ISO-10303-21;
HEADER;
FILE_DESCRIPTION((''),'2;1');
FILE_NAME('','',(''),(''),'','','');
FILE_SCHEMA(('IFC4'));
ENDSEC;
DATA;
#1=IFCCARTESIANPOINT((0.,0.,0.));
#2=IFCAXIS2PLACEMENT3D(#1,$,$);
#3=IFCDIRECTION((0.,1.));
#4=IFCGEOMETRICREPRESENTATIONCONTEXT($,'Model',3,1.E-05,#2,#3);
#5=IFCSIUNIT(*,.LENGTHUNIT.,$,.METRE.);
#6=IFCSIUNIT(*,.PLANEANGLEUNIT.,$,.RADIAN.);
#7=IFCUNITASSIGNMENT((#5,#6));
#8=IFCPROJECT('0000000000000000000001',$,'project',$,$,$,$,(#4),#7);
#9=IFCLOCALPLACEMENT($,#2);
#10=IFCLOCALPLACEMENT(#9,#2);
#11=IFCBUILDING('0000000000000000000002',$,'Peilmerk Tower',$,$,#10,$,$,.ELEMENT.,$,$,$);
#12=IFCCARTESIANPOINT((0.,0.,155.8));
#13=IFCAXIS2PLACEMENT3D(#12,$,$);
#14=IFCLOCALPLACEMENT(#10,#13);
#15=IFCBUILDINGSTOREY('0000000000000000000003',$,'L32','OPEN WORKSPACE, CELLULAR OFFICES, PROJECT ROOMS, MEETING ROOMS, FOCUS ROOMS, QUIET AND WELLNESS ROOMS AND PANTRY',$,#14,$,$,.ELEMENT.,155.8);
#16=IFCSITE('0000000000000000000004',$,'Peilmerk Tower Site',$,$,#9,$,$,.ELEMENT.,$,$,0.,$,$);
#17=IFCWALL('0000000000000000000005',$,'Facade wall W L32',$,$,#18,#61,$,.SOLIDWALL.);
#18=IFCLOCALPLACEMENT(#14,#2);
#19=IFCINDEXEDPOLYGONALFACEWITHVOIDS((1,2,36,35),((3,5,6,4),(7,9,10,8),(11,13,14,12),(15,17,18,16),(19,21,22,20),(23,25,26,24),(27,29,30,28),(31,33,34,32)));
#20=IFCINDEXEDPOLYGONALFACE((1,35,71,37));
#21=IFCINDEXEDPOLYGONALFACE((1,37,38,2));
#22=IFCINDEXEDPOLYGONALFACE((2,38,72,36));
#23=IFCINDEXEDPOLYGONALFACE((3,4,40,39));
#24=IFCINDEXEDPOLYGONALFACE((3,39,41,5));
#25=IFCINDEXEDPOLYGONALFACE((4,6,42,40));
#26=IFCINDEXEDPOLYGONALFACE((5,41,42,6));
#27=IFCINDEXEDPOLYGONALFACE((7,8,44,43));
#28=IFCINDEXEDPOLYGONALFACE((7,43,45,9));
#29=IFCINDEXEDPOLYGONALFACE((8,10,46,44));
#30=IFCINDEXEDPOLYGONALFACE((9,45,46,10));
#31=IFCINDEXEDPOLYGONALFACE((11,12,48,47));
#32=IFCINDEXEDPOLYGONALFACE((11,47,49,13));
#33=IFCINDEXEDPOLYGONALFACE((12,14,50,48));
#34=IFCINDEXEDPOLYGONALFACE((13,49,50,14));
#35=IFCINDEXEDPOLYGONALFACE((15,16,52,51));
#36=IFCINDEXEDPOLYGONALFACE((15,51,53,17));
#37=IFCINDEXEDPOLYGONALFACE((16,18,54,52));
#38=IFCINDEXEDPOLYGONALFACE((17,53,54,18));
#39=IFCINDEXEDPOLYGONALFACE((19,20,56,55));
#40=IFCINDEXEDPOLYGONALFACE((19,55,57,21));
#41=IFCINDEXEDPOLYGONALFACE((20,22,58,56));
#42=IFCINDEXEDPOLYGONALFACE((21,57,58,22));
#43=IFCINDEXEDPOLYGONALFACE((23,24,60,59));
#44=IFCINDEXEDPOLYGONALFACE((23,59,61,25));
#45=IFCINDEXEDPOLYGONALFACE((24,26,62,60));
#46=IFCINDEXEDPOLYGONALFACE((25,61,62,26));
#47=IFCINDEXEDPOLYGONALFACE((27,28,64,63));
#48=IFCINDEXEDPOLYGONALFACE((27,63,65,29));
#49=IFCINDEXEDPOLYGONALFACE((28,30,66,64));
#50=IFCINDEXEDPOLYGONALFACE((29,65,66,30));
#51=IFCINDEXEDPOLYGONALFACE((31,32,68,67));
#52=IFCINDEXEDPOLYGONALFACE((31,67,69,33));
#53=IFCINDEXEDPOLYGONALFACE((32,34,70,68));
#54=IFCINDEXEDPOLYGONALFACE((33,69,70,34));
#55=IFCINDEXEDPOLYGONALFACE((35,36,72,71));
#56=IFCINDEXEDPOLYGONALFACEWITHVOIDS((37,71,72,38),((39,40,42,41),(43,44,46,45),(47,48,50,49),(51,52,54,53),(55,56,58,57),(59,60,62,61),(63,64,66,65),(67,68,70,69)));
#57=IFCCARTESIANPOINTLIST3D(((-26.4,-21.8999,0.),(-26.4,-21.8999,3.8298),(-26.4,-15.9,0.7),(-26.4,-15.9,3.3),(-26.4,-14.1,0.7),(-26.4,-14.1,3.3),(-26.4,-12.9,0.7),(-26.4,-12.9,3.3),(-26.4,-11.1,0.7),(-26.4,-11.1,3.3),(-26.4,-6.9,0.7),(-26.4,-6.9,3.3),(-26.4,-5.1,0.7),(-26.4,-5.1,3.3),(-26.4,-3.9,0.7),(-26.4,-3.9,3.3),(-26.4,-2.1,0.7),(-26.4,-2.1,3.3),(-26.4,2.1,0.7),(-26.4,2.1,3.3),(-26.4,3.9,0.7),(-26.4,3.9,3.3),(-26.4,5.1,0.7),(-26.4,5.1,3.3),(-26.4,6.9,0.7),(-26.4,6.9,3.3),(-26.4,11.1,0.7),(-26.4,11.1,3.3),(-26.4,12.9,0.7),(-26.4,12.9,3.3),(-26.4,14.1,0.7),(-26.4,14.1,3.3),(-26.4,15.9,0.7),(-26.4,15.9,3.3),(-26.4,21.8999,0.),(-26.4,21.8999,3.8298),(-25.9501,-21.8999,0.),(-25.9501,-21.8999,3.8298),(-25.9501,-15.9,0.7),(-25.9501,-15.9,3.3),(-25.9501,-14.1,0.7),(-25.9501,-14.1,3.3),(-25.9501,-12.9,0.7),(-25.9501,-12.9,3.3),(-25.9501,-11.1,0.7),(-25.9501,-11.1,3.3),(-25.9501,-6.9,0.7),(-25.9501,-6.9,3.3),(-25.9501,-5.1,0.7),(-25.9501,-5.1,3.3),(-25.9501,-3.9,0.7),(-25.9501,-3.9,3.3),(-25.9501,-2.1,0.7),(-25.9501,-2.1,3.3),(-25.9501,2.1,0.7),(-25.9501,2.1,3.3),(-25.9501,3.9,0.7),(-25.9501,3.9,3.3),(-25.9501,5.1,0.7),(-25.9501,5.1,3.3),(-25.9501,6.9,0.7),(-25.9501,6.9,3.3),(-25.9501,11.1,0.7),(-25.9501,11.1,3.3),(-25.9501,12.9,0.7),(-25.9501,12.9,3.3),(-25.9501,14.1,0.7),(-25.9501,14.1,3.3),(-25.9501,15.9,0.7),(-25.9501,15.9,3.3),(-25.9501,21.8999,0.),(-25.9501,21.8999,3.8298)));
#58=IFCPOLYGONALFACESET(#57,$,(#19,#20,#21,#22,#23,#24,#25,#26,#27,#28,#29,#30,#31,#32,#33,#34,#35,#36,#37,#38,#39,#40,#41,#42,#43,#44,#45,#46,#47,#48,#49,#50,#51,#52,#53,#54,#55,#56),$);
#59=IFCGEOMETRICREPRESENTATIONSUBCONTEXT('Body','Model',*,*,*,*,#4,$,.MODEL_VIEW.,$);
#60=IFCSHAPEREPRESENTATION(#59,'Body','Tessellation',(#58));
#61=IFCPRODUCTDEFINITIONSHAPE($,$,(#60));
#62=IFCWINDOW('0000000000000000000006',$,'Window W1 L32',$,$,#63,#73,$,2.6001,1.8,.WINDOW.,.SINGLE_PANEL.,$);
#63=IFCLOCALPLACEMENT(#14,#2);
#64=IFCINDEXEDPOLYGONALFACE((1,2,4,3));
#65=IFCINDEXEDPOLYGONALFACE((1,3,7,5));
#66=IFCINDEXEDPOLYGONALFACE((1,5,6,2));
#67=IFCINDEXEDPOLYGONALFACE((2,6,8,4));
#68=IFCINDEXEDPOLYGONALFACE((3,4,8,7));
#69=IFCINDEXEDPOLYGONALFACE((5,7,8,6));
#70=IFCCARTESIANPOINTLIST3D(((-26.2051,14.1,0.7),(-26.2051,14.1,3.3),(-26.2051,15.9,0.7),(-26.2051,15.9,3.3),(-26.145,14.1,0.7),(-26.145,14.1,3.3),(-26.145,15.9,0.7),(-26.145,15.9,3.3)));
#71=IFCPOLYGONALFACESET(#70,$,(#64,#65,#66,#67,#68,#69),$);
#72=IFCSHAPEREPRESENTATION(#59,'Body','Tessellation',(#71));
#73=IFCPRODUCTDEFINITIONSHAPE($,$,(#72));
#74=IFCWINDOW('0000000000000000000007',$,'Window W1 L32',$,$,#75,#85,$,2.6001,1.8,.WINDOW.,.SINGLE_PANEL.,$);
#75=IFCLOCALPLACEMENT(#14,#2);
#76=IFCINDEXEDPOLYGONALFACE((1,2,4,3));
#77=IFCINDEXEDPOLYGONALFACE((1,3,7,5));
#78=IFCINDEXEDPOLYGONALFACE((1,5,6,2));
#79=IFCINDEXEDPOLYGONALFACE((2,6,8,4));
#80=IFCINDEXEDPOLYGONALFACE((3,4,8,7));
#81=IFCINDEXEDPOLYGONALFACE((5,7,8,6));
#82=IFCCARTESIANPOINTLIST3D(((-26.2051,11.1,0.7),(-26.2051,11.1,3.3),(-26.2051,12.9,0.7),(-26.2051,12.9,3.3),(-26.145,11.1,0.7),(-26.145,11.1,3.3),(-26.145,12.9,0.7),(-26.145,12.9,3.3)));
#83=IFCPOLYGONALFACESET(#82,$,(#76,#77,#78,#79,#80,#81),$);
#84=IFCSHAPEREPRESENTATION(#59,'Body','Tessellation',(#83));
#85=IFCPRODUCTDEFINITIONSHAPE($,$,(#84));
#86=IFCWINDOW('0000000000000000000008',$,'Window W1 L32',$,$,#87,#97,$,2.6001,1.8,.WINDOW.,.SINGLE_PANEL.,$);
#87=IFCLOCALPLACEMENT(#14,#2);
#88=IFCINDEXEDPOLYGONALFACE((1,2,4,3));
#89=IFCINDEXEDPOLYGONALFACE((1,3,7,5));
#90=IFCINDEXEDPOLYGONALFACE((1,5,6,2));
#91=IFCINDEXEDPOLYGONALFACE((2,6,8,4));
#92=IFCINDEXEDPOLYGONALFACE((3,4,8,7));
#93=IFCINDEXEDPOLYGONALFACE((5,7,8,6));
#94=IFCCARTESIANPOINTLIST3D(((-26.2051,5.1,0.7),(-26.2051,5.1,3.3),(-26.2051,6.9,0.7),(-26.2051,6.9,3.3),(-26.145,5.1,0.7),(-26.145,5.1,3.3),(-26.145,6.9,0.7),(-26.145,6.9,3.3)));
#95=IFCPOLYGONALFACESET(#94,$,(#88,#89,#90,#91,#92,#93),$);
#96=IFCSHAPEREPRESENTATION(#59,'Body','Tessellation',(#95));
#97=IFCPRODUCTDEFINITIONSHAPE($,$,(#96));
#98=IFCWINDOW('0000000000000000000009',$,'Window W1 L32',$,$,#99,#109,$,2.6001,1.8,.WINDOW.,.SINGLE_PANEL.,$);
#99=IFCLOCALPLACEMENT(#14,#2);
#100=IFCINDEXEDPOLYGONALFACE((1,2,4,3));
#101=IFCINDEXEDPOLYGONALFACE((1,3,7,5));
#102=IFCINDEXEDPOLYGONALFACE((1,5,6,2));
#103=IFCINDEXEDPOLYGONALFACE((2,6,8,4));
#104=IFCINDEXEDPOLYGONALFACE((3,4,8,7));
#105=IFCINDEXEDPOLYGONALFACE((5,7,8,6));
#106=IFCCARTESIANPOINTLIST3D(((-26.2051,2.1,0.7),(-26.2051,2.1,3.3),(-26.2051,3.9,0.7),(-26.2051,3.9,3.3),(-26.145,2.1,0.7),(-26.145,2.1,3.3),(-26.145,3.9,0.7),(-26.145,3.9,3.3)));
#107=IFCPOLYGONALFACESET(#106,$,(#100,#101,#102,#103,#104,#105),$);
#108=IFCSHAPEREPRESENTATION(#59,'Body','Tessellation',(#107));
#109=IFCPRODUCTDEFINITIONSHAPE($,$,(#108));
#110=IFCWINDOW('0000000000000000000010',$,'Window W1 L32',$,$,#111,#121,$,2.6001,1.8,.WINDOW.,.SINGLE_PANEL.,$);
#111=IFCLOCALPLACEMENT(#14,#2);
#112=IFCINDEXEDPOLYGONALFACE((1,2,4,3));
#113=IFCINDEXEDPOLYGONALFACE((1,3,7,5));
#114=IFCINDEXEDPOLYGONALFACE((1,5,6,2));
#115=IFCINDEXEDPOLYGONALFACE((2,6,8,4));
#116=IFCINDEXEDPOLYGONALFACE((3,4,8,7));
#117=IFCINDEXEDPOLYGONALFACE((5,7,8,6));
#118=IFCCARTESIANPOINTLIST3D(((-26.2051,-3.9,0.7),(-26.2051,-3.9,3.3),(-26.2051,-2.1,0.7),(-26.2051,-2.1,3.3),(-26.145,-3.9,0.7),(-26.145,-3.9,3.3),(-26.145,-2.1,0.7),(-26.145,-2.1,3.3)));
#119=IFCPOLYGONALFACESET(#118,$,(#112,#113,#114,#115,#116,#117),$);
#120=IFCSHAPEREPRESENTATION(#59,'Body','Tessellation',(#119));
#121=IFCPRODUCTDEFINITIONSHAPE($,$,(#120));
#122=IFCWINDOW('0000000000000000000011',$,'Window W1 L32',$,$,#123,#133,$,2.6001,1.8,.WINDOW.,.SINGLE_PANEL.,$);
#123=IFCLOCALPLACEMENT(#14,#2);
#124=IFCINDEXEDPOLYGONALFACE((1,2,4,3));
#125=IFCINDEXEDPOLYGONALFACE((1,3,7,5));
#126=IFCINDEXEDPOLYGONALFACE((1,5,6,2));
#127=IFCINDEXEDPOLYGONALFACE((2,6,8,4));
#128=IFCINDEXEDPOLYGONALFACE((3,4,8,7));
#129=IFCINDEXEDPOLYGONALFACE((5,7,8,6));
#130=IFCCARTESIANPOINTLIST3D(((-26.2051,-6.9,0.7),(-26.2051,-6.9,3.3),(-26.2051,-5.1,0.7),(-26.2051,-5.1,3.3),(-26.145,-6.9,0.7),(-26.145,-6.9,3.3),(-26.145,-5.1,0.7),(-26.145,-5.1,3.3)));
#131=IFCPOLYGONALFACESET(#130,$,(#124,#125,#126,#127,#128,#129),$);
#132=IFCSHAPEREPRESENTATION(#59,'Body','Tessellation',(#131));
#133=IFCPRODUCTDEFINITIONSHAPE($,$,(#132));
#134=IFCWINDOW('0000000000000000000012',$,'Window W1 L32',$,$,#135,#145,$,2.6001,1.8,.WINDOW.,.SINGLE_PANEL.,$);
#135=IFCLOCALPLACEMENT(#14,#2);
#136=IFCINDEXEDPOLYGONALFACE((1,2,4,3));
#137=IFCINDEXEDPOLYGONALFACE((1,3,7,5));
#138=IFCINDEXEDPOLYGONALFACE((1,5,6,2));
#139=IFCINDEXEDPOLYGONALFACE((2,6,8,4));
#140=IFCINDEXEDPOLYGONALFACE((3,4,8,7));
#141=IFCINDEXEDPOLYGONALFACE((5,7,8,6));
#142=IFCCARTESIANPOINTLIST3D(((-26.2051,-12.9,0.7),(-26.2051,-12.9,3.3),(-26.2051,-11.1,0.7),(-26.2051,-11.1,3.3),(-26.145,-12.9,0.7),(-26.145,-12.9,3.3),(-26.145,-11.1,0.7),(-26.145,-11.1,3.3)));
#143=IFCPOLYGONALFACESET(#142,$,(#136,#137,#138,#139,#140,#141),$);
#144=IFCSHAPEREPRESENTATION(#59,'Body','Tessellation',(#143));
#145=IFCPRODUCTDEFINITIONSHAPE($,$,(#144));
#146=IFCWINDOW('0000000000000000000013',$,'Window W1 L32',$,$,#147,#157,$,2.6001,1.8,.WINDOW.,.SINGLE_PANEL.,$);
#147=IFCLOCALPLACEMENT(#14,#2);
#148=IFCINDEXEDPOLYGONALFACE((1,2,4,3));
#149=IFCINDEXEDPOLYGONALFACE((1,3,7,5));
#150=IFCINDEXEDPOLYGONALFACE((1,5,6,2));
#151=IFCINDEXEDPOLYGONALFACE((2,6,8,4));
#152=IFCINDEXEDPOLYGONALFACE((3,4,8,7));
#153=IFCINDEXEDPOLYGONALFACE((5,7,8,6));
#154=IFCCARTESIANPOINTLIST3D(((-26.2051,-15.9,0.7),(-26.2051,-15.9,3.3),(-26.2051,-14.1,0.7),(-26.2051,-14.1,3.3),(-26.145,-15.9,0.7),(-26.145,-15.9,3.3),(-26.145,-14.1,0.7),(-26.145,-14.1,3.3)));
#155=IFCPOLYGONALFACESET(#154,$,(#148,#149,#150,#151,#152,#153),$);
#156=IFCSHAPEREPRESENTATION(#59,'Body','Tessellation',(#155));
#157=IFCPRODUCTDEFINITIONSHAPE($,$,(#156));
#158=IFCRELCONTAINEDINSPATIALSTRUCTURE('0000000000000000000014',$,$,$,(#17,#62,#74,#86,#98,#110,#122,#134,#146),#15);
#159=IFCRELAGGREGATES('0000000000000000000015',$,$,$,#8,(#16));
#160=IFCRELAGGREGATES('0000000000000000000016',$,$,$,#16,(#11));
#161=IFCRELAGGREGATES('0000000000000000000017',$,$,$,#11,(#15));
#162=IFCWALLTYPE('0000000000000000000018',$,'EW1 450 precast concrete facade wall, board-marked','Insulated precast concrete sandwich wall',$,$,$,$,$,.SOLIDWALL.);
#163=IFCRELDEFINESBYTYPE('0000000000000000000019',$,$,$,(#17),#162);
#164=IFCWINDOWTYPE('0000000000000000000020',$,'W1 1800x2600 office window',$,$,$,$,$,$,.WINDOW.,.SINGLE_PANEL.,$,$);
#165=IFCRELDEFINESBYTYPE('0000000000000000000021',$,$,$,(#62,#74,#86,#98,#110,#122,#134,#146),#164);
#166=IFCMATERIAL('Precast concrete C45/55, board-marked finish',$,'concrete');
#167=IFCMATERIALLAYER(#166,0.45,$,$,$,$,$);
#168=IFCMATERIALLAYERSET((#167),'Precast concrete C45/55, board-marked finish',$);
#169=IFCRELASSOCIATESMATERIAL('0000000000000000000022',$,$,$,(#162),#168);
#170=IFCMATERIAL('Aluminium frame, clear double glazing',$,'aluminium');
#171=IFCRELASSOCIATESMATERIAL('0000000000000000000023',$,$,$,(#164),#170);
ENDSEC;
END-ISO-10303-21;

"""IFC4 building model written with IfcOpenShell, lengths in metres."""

from ifc_helpers import new_model, si_unit, direction, frame, frame_2d, origin, place, context, subcontext, project, spatial, rectangle, extrude, material, layer, layer_set, type_object, element, fill, save


model = new_model("IFC4")

# Units and contexts
model_context = context("Model", 3, precision=1e-05, world=origin(), true_north=direction((0.0, 1.0)))
body_context = subcontext(model_context, "Body", "Model", "MODEL_VIEW")
ifc_project = project(units=[si_unit("LENGTHUNIT", "METRE"), si_unit("PLANEANGLEUNIT", "RADIAN")], contexts=[model_context])

# Site, building, storey
site_placement = place(None, origin())
site = spatial("IfcSite", under=ifc_project, at=site_placement, Name="Peilmerk Tower Site", CompositionType="ELEMENT", RefElevation=0.0)
building_placement = place(site_placement, origin())
building = spatial("IfcBuilding", under=site, at=building_placement, Name="Peilmerk Tower", CompositionType="ELEMENT")
storey_placement = place(building_placement, frame((0.0, 0.0, 155.8)))
storey = spatial("IfcBuildingStorey", under=building, at=storey_placement, Name="L32", Description="OPEN WORKSPACE, CELLULAR OFFICES, PROJECT ROOMS, MEETING ROOMS, FOCUS ROOMS, QUIET AND WELLNESS ROOMS AND PANTRY", CompositionType="ELEMENT", Elevation=155.8)

# Wall, openings, windows
ifc_material_1 = material(Name="Precast concrete C45/55, board-marked finish", Category="concrete")
ifc_layer_1 = layer(ifc_material_1, 0.45)
ifc_layer_set_1 = layer_set([ifc_layer_1], Name="Precast concrete C45/55, board-marked finish")
wall_type = type_object("IfcWallType", Name="EW1 450 precast concrete facade wall, board-marked", Description="Insulated precast concrete sandwich wall", PredefinedType="SOLIDWALL", material=ifc_layer_set_1)
wall_1_placement = place(storey_placement, frame((-26.175, 21.8999, 0.0), z_axis=(0.0, 0.0, 1.0), x_axis=(0.0, -1.0, 0.0)))
wall_1 = element("IfcWall", 1, at=wall_1_placement, inside=storey, type_object=wall_type, Name="Facade wall W L32", PredefinedType="SOLIDWALL", context=body_context, shape_type="SweptSolid", body=[
    extrude(rectangle(XDim=43.7998, YDim=0.45, at=frame_2d((21.8999, 0.0))), origin(), (0.0, 0.0, 1.0), 3.8298),
])
opening_1_placement = place(wall_1_placement, frame((6.0, 0.0, 0.7)))
opening_1 = element("IfcOpeningElement", 2, at=opening_1_placement, cuts=wall_1, PredefinedType="OPENING", context=body_context, shape_type="SweptSolid", body=[
    extrude(rectangle(XDim=1.8, YDim=2.6001, at=frame_2d((0.8999, 1.3))), frame((0.0, 0.2349, 0.0), z_axis=(0.0, -1.0, 0.0), x_axis=(1.0, 0.0, 0.0)), (0.0, 0.0, 1.0), 0.47),
])
opening_2_placement = place(wall_1_placement, frame((9.0, 0.0, 0.7)))
opening_2 = element("IfcOpeningElement", 3, at=opening_2_placement, cuts=wall_1, PredefinedType="OPENING", context=body_context, shape_type="SweptSolid", body=[
    extrude(rectangle(XDim=1.8, YDim=2.6001, at=frame_2d((0.8999, 1.3))), frame((0.0, 0.2349, 0.0), z_axis=(0.0, -1.0, 0.0), x_axis=(1.0, 0.0, 0.0)), (0.0, 0.0, 1.0), 0.47),
])
opening_3_placement = place(wall_1_placement, frame((15.0, 0.0, 0.7)))
opening_3 = element("IfcOpeningElement", 4, at=opening_3_placement, cuts=wall_1, PredefinedType="OPENING", context=body_context, shape_type="SweptSolid", body=[
    extrude(rectangle(XDim=1.8, YDim=2.6001, at=frame_2d((0.8999, 1.3))), frame((0.0, 0.2349, 0.0), z_axis=(0.0, -1.0, 0.0), x_axis=(1.0, 0.0, 0.0)), (0.0, 0.0, 1.0), 0.47),
])
opening_4_placement = place(wall_1_placement, frame((18.0, 0.0, 0.7)))
opening_4 = element("IfcOpeningElement", 5, at=opening_4_placement, cuts=wall_1, PredefinedType="OPENING", context=body_context, shape_type="SweptSolid", body=[
    extrude(rectangle(XDim=1.8, YDim=2.6001, at=frame_2d((0.8999, 1.3))), frame((0.0, 0.2349, 0.0), z_axis=(0.0, -1.0, 0.0), x_axis=(1.0, 0.0, 0.0)), (0.0, 0.0, 1.0), 0.47),
])
opening_5_placement = place(wall_1_placement, frame((24.0, 0.0, 0.7)))
opening_5 = element("IfcOpeningElement", 6, at=opening_5_placement, cuts=wall_1, PredefinedType="OPENING", context=body_context, shape_type="SweptSolid", body=[
    extrude(rectangle(XDim=1.8, YDim=2.6001, at=frame_2d((0.8999, 1.3))), frame((0.0, 0.2349, 0.0), z_axis=(0.0, -1.0, 0.0), x_axis=(1.0, 0.0, 0.0)), (0.0, 0.0, 1.0), 0.47),
])
opening_6_placement = place(wall_1_placement, frame((27.0, 0.0, 0.7)))
opening_6 = element("IfcOpeningElement", 7, at=opening_6_placement, cuts=wall_1, PredefinedType="OPENING", context=body_context, shape_type="SweptSolid", body=[
    extrude(rectangle(XDim=1.8, YDim=2.6001, at=frame_2d((0.8999, 1.3))), frame((0.0, 0.2349, 0.0), z_axis=(0.0, -1.0, 0.0), x_axis=(1.0, 0.0, 0.0)), (0.0, 0.0, 1.0), 0.47),
])
opening_7_placement = place(wall_1_placement, frame((33.0, 0.0, 0.7)))
opening_7 = element("IfcOpeningElement", 8, at=opening_7_placement, cuts=wall_1, PredefinedType="OPENING", context=body_context, shape_type="SweptSolid", body=[
    extrude(rectangle(XDim=1.8, YDim=2.6001, at=frame_2d((0.8999, 1.3))), frame((0.0, 0.2349, 0.0), z_axis=(0.0, -1.0, 0.0), x_axis=(1.0, 0.0, 0.0)), (0.0, 0.0, 1.0), 0.47),
])
opening_8_placement = place(wall_1_placement, frame((36.0, 0.0, 0.7)))
opening_8 = element("IfcOpeningElement", 9, at=opening_8_placement, cuts=wall_1, PredefinedType="OPENING", context=body_context, shape_type="SweptSolid", body=[
    extrude(rectangle(XDim=1.8, YDim=2.6001, at=frame_2d((0.8999, 1.3))), frame((0.0, 0.2349, 0.0), z_axis=(0.0, -1.0, 0.0), x_axis=(1.0, 0.0, 0.0)), (0.0, 0.0, 1.0), 0.47),
])
ifc_material_2 = material(Name="Aluminium frame, clear double glazing", Category="aluminium")
window_type = type_object("IfcWindowType", Name="W1 1800x2600 office window", PartitioningType="SINGLE_PANEL", PredefinedType="WINDOW", material=ifc_material_2)
window_1_placement = place(opening_1_placement, origin())
window_1 = element("IfcWindow", 10, at=window_1_placement, inside=storey, type_object=window_type, Name="Window W1 L32", OverallHeight=2.6001, OverallWidth=1.8, PartitioningType="SINGLE_PANEL", PredefinedType="WINDOW", context=body_context, shape_type="SweptSolid", body=[
    extrude(rectangle(XDim=1.8, YDim=2.6001, at=frame_2d((0.8999, 1.3))), frame((0.0, 0.03, 0.0), z_axis=(0.0, -1.0, 0.0), x_axis=(1.0, 0.0, 0.0)), (0.0, 0.0, 1.0), 0.0601),
])
fill(opening_1, window_1)
window_2_placement = place(opening_2_placement, origin())
window_2 = element("IfcWindow", 11, at=window_2_placement, inside=storey, type_object=window_type, Name="Window W1 L32", OverallHeight=2.6001, OverallWidth=1.8, PartitioningType="SINGLE_PANEL", PredefinedType="WINDOW", context=body_context, shape_type="SweptSolid", body=[
    extrude(rectangle(XDim=1.8, YDim=2.6001, at=frame_2d((0.8999, 1.3))), frame((0.0, 0.03, 0.0), z_axis=(0.0, -1.0, 0.0), x_axis=(1.0, 0.0, 0.0)), (0.0, 0.0, 1.0), 0.0601),
])
fill(opening_2, window_2)
window_3_placement = place(opening_3_placement, origin())
window_3 = element("IfcWindow", 12, at=window_3_placement, inside=storey, type_object=window_type, Name="Window W1 L32", OverallHeight=2.6001, OverallWidth=1.8, PartitioningType="SINGLE_PANEL", PredefinedType="WINDOW", context=body_context, shape_type="SweptSolid", body=[
    extrude(rectangle(XDim=1.8, YDim=2.6001, at=frame_2d((0.8999, 1.3))), frame((0.0, 0.03, 0.0), z_axis=(0.0, -1.0, 0.0), x_axis=(1.0, 0.0, 0.0)), (0.0, 0.0, 1.0), 0.0601),
])
fill(opening_3, window_3)
window_4_placement = place(opening_4_placement, origin())
window_4 = element("IfcWindow", 13, at=window_4_placement, inside=storey, type_object=window_type, Name="Window W1 L32", OverallHeight=2.6001, OverallWidth=1.8, PartitioningType="SINGLE_PANEL", PredefinedType="WINDOW", context=body_context, shape_type="SweptSolid", body=[
    extrude(rectangle(XDim=1.8, YDim=2.6001, at=frame_2d((0.8999, 1.3))), frame((0.0, 0.03, 0.0), z_axis=(0.0, -1.0, 0.0), x_axis=(1.0, 0.0, 0.0)), (0.0, 0.0, 1.0), 0.0601),
])
fill(opening_4, window_4)
window_5_placement = place(opening_5_placement, origin())
window_5 = element("IfcWindow", 14, at=window_5_placement, inside=storey, type_object=window_type, Name="Window W1 L32", OverallHeight=2.6001, OverallWidth=1.8, PartitioningType="SINGLE_PANEL", PredefinedType="WINDOW", context=body_context, shape_type="SweptSolid", body=[
    extrude(rectangle(XDim=1.8, YDim=2.6001, at=frame_2d((0.8999, 1.3))), frame((0.0, 0.03, 0.0), z_axis=(0.0, -1.0, 0.0), x_axis=(1.0, 0.0, 0.0)), (0.0, 0.0, 1.0), 0.0601),
])
fill(opening_5, window_5)
window_6_placement = place(opening_6_placement, origin())
window_6 = element("IfcWindow", 15, at=window_6_placement, inside=storey, type_object=window_type, Name="Window W1 L32", OverallHeight=2.6001, OverallWidth=1.8, PartitioningType="SINGLE_PANEL", PredefinedType="WINDOW", context=body_context, shape_type="SweptSolid", body=[
    extrude(rectangle(XDim=1.8, YDim=2.6001, at=frame_2d((0.8999, 1.3))), frame((0.0, 0.03, 0.0), z_axis=(0.0, -1.0, 0.0), x_axis=(1.0, 0.0, 0.0)), (0.0, 0.0, 1.0), 0.0601),
])
fill(opening_6, window_6)
window_7_placement = place(opening_7_placement, origin())
window_7 = element("IfcWindow", 16, at=window_7_placement, inside=storey, type_object=window_type, Name="Window W1 L32", OverallHeight=2.6001, OverallWidth=1.8, PartitioningType="SINGLE_PANEL", PredefinedType="WINDOW", context=body_context, shape_type="SweptSolid", body=[
    extrude(rectangle(XDim=1.8, YDim=2.6001, at=frame_2d((0.8999, 1.3))), frame((0.0, 0.03, 0.0), z_axis=(0.0, -1.0, 0.0), x_axis=(1.0, 0.0, 0.0)), (0.0, 0.0, 1.0), 0.0601),
])
fill(opening_7, window_7)
window_8_placement = place(opening_8_placement, origin())
window_8 = element("IfcWindow", 17, at=window_8_placement, inside=storey, type_object=window_type, Name="Window W1 L32", OverallHeight=2.6001, OverallWidth=1.8, PartitioningType="SINGLE_PANEL", PredefinedType="WINDOW", context=body_context, shape_type="SweptSolid", body=[
    extrude(rectangle(XDim=1.8, YDim=2.6001, at=frame_2d((0.8999, 1.3))), frame((0.0, 0.03, 0.0), z_axis=(0.0, -1.0, 0.0), x_axis=(1.0, 0.0, 0.0)), (0.0, 0.0, 1.0), 0.0601),
])
fill(opening_8, window_8)

save(model, "model.ifc")
